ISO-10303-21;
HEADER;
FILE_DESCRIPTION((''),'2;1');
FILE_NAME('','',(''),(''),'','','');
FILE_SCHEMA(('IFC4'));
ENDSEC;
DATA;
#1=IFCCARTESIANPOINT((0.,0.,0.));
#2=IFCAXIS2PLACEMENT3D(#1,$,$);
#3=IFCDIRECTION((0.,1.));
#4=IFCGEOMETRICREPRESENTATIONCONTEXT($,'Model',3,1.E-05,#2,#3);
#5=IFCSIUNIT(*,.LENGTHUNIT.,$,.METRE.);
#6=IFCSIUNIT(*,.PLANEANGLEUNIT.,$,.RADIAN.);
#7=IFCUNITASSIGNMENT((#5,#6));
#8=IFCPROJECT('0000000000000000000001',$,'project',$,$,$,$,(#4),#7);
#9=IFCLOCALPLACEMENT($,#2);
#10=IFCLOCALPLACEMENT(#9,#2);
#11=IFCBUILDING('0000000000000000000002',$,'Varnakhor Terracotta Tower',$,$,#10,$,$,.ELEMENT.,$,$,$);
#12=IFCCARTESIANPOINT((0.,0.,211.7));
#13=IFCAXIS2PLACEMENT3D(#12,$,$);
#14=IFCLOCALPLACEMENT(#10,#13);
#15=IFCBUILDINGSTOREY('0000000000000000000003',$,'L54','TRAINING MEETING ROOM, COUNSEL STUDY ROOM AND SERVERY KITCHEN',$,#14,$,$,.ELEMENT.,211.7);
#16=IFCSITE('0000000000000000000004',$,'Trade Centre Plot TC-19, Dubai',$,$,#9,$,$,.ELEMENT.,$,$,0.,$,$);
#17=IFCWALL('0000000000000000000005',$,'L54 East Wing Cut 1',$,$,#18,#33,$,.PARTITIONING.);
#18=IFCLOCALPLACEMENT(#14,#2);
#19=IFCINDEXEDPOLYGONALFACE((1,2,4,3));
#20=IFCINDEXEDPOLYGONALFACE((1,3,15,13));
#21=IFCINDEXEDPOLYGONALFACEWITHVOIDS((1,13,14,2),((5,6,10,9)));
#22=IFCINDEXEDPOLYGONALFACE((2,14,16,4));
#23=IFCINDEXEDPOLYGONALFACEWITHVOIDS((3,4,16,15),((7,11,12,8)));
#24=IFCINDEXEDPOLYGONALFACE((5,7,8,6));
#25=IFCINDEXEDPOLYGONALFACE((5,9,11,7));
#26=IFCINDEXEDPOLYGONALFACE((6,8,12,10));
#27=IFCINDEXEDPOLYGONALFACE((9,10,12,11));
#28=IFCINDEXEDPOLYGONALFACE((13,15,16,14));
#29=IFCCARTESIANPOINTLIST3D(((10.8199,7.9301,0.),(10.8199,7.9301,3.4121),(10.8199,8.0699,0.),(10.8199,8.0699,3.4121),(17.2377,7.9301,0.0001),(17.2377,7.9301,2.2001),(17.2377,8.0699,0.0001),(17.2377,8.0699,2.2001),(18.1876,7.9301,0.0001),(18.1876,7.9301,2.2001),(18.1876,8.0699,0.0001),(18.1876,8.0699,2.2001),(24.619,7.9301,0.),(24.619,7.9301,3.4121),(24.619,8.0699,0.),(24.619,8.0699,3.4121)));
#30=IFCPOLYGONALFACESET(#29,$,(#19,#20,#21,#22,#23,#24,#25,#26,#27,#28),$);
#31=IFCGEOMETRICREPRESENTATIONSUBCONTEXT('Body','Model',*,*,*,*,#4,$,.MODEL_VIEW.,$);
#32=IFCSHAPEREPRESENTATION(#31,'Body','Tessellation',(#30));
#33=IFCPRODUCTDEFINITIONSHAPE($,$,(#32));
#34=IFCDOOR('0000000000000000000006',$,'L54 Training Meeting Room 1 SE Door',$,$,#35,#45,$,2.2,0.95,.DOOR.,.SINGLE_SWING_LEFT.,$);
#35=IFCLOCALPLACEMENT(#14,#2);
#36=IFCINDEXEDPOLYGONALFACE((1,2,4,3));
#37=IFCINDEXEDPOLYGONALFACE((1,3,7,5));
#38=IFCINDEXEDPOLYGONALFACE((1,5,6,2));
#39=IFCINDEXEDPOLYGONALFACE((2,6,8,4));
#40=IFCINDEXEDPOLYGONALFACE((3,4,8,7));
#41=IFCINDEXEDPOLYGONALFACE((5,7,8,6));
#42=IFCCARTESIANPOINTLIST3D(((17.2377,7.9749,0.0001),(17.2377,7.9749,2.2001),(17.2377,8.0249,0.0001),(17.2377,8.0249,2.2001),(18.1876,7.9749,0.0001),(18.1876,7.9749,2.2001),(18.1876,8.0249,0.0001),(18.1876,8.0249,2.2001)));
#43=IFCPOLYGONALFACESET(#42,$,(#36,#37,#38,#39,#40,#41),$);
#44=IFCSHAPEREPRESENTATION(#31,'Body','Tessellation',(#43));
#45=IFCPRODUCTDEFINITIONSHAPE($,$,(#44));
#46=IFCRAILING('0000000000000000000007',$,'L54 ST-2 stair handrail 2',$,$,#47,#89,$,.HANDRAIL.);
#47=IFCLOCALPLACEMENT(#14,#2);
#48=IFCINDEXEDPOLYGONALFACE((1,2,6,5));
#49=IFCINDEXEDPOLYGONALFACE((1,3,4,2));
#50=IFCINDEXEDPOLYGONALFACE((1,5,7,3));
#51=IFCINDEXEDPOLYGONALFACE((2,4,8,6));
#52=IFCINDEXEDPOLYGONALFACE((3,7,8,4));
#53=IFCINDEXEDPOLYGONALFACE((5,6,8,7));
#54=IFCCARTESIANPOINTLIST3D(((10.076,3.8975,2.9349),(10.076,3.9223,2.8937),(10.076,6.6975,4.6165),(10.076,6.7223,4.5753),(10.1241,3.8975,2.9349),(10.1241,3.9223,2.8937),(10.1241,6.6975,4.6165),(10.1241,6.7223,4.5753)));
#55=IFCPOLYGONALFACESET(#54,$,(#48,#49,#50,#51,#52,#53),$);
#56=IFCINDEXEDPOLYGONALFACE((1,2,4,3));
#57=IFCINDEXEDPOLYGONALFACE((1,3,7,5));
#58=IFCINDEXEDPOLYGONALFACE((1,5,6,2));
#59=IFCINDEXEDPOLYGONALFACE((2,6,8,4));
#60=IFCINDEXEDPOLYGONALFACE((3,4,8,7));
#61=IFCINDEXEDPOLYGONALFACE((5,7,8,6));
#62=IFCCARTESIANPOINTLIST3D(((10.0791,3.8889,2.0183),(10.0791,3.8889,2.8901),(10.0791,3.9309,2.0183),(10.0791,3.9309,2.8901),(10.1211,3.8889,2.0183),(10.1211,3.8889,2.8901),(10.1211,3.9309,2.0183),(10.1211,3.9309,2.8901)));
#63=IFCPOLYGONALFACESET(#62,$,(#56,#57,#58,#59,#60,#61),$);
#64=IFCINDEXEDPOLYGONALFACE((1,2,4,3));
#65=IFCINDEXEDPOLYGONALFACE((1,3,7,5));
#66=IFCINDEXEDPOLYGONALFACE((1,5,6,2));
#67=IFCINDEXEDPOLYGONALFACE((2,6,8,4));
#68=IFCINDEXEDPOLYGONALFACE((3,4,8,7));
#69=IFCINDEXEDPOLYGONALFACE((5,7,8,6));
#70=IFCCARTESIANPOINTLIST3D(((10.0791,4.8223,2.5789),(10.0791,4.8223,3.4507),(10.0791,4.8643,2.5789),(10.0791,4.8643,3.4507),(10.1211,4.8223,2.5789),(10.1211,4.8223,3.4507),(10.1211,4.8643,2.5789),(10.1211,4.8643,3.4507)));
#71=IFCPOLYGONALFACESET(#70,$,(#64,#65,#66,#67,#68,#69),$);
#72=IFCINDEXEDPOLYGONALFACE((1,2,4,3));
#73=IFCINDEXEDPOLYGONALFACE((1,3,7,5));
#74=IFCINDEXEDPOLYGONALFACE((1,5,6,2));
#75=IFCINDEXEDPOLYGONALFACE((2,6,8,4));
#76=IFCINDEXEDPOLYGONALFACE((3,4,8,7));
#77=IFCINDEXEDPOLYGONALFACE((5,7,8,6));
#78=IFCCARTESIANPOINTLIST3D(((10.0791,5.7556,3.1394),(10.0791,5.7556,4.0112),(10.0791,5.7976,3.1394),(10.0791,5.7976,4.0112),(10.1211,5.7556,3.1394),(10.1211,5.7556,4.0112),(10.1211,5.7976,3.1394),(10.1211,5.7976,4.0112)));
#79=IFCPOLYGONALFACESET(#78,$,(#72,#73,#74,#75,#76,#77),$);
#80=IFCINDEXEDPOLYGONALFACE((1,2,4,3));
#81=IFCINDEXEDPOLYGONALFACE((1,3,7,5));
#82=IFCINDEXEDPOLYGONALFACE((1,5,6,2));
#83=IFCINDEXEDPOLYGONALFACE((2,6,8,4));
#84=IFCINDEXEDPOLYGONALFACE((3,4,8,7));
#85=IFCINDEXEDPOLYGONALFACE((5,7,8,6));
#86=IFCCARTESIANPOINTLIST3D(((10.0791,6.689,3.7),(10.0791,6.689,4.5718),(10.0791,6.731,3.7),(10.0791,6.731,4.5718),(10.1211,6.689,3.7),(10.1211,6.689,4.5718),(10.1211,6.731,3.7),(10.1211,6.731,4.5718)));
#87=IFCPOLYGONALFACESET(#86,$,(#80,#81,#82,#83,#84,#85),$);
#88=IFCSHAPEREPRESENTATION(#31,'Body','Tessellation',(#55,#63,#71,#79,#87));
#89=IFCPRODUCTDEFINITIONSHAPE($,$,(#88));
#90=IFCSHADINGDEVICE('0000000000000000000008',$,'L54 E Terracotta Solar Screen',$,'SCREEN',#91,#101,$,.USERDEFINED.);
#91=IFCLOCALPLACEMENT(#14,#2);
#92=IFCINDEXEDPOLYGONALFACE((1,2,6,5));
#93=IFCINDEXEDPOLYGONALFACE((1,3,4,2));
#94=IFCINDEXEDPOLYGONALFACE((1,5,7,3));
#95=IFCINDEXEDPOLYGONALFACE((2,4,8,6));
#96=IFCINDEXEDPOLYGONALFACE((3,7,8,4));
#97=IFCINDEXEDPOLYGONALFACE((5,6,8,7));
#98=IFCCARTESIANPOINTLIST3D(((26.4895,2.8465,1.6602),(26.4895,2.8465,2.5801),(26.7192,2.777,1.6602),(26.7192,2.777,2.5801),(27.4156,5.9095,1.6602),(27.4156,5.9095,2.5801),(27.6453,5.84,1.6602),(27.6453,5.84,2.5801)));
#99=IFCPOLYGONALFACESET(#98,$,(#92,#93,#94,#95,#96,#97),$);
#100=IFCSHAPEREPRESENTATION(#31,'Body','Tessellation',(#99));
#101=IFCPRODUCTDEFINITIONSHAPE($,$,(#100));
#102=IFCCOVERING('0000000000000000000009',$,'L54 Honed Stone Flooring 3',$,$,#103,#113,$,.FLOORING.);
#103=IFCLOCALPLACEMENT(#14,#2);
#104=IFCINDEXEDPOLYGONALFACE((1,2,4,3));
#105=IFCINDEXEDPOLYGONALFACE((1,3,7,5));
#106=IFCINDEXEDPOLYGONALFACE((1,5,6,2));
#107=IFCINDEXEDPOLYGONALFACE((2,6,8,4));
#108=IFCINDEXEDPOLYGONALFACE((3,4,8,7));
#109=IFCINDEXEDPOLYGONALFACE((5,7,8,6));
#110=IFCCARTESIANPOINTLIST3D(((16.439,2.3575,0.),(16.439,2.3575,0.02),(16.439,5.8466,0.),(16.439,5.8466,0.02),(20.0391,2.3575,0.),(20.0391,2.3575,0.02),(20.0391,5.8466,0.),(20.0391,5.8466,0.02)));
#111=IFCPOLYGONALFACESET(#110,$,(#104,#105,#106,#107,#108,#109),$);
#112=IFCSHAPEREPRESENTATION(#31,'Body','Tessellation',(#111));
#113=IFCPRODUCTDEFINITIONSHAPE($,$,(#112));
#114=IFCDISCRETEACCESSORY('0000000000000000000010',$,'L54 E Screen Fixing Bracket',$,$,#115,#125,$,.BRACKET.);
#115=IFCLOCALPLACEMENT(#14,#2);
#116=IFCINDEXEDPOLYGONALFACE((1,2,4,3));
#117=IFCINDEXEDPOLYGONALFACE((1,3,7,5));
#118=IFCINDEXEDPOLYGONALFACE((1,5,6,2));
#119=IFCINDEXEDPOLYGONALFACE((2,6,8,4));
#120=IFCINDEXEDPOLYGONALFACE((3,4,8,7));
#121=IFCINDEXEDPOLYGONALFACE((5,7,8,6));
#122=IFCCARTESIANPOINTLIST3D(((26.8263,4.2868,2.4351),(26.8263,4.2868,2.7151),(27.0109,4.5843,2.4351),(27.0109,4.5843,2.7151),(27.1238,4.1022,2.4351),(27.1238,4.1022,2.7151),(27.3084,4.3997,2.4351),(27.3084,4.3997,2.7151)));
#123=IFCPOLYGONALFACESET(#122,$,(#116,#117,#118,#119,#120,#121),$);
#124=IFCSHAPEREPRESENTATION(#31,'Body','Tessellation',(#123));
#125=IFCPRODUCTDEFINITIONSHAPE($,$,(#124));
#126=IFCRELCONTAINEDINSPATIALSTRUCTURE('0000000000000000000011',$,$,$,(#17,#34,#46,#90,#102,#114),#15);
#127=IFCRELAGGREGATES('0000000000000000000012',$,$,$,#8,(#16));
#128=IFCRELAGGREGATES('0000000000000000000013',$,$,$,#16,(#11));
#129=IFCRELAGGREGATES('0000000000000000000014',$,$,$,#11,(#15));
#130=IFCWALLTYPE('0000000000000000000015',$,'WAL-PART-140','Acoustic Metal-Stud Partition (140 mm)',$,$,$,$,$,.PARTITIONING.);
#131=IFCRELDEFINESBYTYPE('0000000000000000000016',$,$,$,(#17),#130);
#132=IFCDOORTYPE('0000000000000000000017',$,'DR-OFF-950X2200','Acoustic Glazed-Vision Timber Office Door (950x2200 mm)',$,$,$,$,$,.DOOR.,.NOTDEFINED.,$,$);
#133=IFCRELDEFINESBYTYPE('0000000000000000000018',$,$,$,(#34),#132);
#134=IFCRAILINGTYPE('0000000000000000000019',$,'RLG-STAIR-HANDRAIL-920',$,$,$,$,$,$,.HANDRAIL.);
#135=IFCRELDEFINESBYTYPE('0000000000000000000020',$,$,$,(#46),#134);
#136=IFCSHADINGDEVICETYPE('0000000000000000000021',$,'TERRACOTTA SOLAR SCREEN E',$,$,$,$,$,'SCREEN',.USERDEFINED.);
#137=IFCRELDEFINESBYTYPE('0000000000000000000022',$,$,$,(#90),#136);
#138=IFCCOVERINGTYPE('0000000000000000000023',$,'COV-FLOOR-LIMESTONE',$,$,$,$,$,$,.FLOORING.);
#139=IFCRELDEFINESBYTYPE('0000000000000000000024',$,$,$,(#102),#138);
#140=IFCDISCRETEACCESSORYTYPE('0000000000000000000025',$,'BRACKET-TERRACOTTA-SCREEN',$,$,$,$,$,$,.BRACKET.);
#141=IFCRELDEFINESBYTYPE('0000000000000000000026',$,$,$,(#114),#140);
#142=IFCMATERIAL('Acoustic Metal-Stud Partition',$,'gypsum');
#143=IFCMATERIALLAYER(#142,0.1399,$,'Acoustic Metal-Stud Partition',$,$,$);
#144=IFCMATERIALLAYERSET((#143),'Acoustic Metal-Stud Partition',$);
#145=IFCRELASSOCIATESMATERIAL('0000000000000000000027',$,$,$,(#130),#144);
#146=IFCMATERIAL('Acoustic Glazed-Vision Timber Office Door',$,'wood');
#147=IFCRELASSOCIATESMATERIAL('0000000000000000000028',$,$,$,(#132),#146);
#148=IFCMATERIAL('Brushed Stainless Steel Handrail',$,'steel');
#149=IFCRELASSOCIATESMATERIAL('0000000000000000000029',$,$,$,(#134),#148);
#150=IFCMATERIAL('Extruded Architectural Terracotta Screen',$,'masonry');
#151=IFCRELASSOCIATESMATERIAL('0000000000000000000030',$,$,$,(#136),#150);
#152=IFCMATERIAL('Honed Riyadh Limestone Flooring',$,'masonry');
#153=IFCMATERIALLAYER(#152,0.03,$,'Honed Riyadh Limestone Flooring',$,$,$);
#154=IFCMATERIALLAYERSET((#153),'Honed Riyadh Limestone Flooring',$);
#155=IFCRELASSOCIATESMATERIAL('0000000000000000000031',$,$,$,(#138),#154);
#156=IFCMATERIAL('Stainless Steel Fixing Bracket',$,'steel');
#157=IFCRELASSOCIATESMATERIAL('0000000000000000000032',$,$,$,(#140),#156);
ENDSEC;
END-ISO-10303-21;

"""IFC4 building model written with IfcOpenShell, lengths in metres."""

from ifc_helpers import new_model, si_unit, direction, frame, frame_2d, origin, origin_2d, place, context, subcontext, project, spatial, rectangle, extrude, source, transform, mapped, material, layer, layer_set, type_object, type_shapes, element, fill, save


model = new_model("IFC4")

# Units and contexts
model_context = context("Model", 3, precision=1e-05, world=origin(), true_north=direction((0.0, 1.0)))
body_context = subcontext(model_context, "Body", "Model", "MODEL_VIEW")
ifc_project = project(units=[si_unit("LENGTHUNIT", "METRE"), si_unit("PLANEANGLEUNIT", "RADIAN")], contexts=[model_context])

# Site, building, storey
site_placement = place(None, origin())
site = spatial("IfcSite", under=ifc_project, at=site_placement, Name="Trade Centre Plot TC-19, Dubai", CompositionType="ELEMENT", RefElevation=0.0)
building_placement = place(site_placement, origin())
building = spatial("IfcBuilding", under=site, at=building_placement, Name="Varnakhor Terracotta Tower", CompositionType="ELEMENT")
storey_placement = place(building_placement, frame((0.0, 0.0, 211.7)))
storey = spatial("IfcBuildingStorey", under=building, at=storey_placement, Name="L54", Description="TRAINING MEETING ROOM, COUNSEL STUDY ROOM AND SERVERY KITCHEN", CompositionType="ELEMENT", Elevation=211.7)

# Wall, opening, door
ifc_material_1 = material(Name="Acoustic Metal-Stud Partition", Category="gypsum")
ifc_layer_1 = layer(ifc_material_1, 0.1399, Name="Acoustic Metal-Stud Partition")
ifc_layer_set_1 = layer_set([ifc_layer_1], Name="Acoustic Metal-Stud Partition")
wall_type_1 = type_object("IfcWallType", Name="WAL-PART-140", Description="Acoustic Metal-Stud Partition (140 mm)", PredefinedType="PARTITIONING", material=ifc_layer_set_1)
wall_1_placement = place(storey_placement, frame((10.8201, 8.0, 0.0), z_axis=(0.0, 0.0, 1.0), x_axis=(1.0, 0.0, 0.0)))
wall_1 = element("IfcWall", 1, at=wall_1_placement, inside=storey, type_object=wall_type_1, Name="L54 East Wing Cut 1", PredefinedType="PARTITIONING", context=body_context, shape_type="SweptSolid", body=[
    extrude(rectangle(XDim=13.7991, YDim=0.1399, at=frame_2d((6.8994, 0.0))), origin(), (0.0, 0.0, 1.0), 3.4121),
])
opening_placement = place(wall_1_placement, frame((6.4175, 0.0, 0.0)))
opening = element("IfcOpeningElement", 2, at=opening_placement, cuts=wall_1, PredefinedType="OPENING", context=body_context, shape_type="SweptSolid", body=[
    extrude(rectangle(XDim=0.95, YDim=2.2, at=frame_2d((0.4751, 1.1001))), frame((0.0, 0.0801, 0.0), z_axis=(0.0, -1.0, 0.0), x_axis=(1.0, 0.0, 0.0)), (0.0, 0.0, 1.0), 0.1599),
])
ifc_material_2 = material(Name="Acoustic Glazed-Vision Timber Office Door", Category="wood")
door_type = type_object("IfcDoorType", Name="DR-OFF-950X2200", Description="Acoustic Glazed-Vision Timber Office Door (950x2200 mm)", OperationType="NOTDEFINED", PredefinedType="DOOR", material=ifc_material_2)
shared_shape_1 = source(origin(), body_context, "Body", "SweptSolid", [
    extrude(rectangle(XDim=0.95, YDim=2.2, at=frame_2d((0.4751, 1.1001))), frame((0.0, 0.0249, 0.0), z_axis=(0.0, -1.0, 0.0), x_axis=(1.0, 0.0, 0.0)), (0.0, 0.0, 1.0), 0.05),
])
type_shapes(door_type, [shared_shape_1])
door_placement = place(opening_placement, origin())
door = element("IfcDoor", 3, at=door_placement, inside=storey, type_object=door_type, Name="L54 Training Meeting Room 1 SE Door", OperationType="SINGLE_SWING_LEFT", OverallHeight=2.2, OverallWidth=0.95, PredefinedType="DOOR", context=body_context, shape_type="MappedRepresentation", body=[
    mapped(shared_shape_1, transform((0.0, 0.0, 0.0), scale=1.0)),
])
fill(opening, door)

# Railing
ifc_material_3 = material(Name="Brushed Stainless Steel Handrail", Category="steel")
railing_type = type_object("IfcRailingType", Name="RLG-STAIR-HANDRAIL-920", PredefinedType="HANDRAIL", material=ifc_material_3)
railing_placement = place(storey_placement, frame((10.1001, 3.9099, 2.0183)))
element("IfcRailing", 4, at=railing_placement, inside=storey, type_object=railing_type, Name="L54 ST-2 stair handrail 2", PredefinedType="HANDRAIL", context=body_context, shape_type="SweptSolid", body=[
    extrude(rectangle(XDim=0.0481, YDim=0.0481, at=origin_2d()), frame((0.0, 0.0, 0.896), z_axis=(0.0, 0.857275, 0.514858), x_axis=(-1.0, 0.0, 0.0)), (0.0, 0.0, 1.0), 3.2661),
    extrude(rectangle(XDim=0.042, YDim=0.042, at=origin_2d()), origin(), (0.0, 0.0, 1.0), 0.8718),
    extrude(rectangle(XDim=0.042, YDim=0.042, at=origin_2d()), frame((0.0, 0.9333, 0.5605)), (0.0, 0.0, 1.0), 0.8718),
    extrude(rectangle(XDim=0.042, YDim=0.042, at=origin_2d()), frame((0.0, 1.8667, 1.1211)), (0.0, 0.0, 1.0), 0.8718),
    extrude(rectangle(XDim=0.042, YDim=0.042, at=origin_2d()), frame((0.0, 2.8, 1.6816)), (0.0, 0.0, 1.0), 0.8718),
])

# Shading device
ifc_material_4 = material(Name="Extruded Architectural Terracotta Screen", Category="masonry")
shading_device_type = type_object("IfcShadingDeviceType", Name="TERRACOTTA SOLAR SCREEN E", ElementType="SCREEN", PredefinedType="USERDEFINED", material=ifc_material_4)
shared_shape_2 = source(origin(), body_context, "Body", "SweptSolid", [
    extrude(rectangle(XDim=3.2, YDim=0.24, at=origin_2d()), origin(), (0.0, 0.0, 1.0), 0.9199),
])
type_shapes(shading_device_type, [shared_shape_2])
shading_device_placement = place(storey_placement, frame((27.0674, 4.3433, 1.6602), z_axis=(0.0, 0.0, 1.0), x_axis=(0.289399, 0.957208, 0.0)))
element("IfcShadingDevice", 5, at=shading_device_placement, inside=storey, type_object=shading_device_type, Name="L54 E Terracotta Solar Screen", ObjectType="SCREEN", PredefinedType="USERDEFINED", context=body_context, shape_type="MappedRepresentation", body=[
    mapped(shared_shape_2, transform((0.0, 0.0, 0.0), scale=1.0)),
])

# Covering
ifc_material_5 = material(Name="Honed Riyadh Limestone Flooring", Category="masonry")
ifc_layer_2 = layer(ifc_material_5, 0.03, Name="Honed Riyadh Limestone Flooring")
ifc_layer_set_2 = layer_set([ifc_layer_2], Name="Honed Riyadh Limestone Flooring")
covering_type = type_object("IfcCoveringType", Name="COV-FLOOR-LIMESTONE", PredefinedType="FLOORING", material=ifc_layer_set_2)
shared_shape_3 = source(origin(), body_context, "Body", "SweptSolid", [
    extrude(rectangle(XDim=3.6001, YDim=3.489, at=origin_2d()), origin(), (0.0, 0.0, 1.0), 0.02),
])
covering_placement = place(storey_placement, frame((18.239, 4.1021, 0.0), z_axis=(0.0, 0.0, 1.0), x_axis=(1.0, 0.0, 0.0)))
element("IfcCovering", 6, at=covering_placement, inside=storey, type_object=covering_type, Name="L54 Honed Stone Flooring 3", PredefinedType="FLOORING", context=body_context, shape_type="MappedRepresentation", body=[
    mapped(shared_shape_3, transform((0.0, 0.0, 0.0), scale=1.0)),
])

# Discrete accessory
ifc_material_6 = material(Name="Stainless Steel Fixing Bracket", Category="steel")
discrete_accessory_type = type_object("IfcDiscreteAccessoryType", Name="BRACKET-TERRACOTTA-SCREEN", PredefinedType="BRACKET", material=ifc_material_6)
shared_shape_4 = source(origin(), body_context, "Body", "SweptSolid", [
    extrude(rectangle(XDim=0.3501, YDim=0.3501, at=origin_2d()), origin(), (0.0, 0.0, 1.0), 0.28),
])
type_shapes(discrete_accessory_type, [shared_shape_4])
discrete_accessory_placement = place(storey_placement, frame((27.0674, 4.3433, 2.4351), z_axis=(0.0, 0.0, 1.0), x_axis=(0.527282, 0.84969, 0.0)))
element("IfcDiscreteAccessory", 7, at=discrete_accessory_placement, inside=storey, type_object=discrete_accessory_type, Name="L54 E Screen Fixing Bracket", PredefinedType="BRACKET", context=body_context, shape_type="MappedRepresentation", body=[
    mapped(shared_shape_4, transform((0.0, 0.0, 0.0), scale=1.0)),
])

save(model, "model.ifc")
